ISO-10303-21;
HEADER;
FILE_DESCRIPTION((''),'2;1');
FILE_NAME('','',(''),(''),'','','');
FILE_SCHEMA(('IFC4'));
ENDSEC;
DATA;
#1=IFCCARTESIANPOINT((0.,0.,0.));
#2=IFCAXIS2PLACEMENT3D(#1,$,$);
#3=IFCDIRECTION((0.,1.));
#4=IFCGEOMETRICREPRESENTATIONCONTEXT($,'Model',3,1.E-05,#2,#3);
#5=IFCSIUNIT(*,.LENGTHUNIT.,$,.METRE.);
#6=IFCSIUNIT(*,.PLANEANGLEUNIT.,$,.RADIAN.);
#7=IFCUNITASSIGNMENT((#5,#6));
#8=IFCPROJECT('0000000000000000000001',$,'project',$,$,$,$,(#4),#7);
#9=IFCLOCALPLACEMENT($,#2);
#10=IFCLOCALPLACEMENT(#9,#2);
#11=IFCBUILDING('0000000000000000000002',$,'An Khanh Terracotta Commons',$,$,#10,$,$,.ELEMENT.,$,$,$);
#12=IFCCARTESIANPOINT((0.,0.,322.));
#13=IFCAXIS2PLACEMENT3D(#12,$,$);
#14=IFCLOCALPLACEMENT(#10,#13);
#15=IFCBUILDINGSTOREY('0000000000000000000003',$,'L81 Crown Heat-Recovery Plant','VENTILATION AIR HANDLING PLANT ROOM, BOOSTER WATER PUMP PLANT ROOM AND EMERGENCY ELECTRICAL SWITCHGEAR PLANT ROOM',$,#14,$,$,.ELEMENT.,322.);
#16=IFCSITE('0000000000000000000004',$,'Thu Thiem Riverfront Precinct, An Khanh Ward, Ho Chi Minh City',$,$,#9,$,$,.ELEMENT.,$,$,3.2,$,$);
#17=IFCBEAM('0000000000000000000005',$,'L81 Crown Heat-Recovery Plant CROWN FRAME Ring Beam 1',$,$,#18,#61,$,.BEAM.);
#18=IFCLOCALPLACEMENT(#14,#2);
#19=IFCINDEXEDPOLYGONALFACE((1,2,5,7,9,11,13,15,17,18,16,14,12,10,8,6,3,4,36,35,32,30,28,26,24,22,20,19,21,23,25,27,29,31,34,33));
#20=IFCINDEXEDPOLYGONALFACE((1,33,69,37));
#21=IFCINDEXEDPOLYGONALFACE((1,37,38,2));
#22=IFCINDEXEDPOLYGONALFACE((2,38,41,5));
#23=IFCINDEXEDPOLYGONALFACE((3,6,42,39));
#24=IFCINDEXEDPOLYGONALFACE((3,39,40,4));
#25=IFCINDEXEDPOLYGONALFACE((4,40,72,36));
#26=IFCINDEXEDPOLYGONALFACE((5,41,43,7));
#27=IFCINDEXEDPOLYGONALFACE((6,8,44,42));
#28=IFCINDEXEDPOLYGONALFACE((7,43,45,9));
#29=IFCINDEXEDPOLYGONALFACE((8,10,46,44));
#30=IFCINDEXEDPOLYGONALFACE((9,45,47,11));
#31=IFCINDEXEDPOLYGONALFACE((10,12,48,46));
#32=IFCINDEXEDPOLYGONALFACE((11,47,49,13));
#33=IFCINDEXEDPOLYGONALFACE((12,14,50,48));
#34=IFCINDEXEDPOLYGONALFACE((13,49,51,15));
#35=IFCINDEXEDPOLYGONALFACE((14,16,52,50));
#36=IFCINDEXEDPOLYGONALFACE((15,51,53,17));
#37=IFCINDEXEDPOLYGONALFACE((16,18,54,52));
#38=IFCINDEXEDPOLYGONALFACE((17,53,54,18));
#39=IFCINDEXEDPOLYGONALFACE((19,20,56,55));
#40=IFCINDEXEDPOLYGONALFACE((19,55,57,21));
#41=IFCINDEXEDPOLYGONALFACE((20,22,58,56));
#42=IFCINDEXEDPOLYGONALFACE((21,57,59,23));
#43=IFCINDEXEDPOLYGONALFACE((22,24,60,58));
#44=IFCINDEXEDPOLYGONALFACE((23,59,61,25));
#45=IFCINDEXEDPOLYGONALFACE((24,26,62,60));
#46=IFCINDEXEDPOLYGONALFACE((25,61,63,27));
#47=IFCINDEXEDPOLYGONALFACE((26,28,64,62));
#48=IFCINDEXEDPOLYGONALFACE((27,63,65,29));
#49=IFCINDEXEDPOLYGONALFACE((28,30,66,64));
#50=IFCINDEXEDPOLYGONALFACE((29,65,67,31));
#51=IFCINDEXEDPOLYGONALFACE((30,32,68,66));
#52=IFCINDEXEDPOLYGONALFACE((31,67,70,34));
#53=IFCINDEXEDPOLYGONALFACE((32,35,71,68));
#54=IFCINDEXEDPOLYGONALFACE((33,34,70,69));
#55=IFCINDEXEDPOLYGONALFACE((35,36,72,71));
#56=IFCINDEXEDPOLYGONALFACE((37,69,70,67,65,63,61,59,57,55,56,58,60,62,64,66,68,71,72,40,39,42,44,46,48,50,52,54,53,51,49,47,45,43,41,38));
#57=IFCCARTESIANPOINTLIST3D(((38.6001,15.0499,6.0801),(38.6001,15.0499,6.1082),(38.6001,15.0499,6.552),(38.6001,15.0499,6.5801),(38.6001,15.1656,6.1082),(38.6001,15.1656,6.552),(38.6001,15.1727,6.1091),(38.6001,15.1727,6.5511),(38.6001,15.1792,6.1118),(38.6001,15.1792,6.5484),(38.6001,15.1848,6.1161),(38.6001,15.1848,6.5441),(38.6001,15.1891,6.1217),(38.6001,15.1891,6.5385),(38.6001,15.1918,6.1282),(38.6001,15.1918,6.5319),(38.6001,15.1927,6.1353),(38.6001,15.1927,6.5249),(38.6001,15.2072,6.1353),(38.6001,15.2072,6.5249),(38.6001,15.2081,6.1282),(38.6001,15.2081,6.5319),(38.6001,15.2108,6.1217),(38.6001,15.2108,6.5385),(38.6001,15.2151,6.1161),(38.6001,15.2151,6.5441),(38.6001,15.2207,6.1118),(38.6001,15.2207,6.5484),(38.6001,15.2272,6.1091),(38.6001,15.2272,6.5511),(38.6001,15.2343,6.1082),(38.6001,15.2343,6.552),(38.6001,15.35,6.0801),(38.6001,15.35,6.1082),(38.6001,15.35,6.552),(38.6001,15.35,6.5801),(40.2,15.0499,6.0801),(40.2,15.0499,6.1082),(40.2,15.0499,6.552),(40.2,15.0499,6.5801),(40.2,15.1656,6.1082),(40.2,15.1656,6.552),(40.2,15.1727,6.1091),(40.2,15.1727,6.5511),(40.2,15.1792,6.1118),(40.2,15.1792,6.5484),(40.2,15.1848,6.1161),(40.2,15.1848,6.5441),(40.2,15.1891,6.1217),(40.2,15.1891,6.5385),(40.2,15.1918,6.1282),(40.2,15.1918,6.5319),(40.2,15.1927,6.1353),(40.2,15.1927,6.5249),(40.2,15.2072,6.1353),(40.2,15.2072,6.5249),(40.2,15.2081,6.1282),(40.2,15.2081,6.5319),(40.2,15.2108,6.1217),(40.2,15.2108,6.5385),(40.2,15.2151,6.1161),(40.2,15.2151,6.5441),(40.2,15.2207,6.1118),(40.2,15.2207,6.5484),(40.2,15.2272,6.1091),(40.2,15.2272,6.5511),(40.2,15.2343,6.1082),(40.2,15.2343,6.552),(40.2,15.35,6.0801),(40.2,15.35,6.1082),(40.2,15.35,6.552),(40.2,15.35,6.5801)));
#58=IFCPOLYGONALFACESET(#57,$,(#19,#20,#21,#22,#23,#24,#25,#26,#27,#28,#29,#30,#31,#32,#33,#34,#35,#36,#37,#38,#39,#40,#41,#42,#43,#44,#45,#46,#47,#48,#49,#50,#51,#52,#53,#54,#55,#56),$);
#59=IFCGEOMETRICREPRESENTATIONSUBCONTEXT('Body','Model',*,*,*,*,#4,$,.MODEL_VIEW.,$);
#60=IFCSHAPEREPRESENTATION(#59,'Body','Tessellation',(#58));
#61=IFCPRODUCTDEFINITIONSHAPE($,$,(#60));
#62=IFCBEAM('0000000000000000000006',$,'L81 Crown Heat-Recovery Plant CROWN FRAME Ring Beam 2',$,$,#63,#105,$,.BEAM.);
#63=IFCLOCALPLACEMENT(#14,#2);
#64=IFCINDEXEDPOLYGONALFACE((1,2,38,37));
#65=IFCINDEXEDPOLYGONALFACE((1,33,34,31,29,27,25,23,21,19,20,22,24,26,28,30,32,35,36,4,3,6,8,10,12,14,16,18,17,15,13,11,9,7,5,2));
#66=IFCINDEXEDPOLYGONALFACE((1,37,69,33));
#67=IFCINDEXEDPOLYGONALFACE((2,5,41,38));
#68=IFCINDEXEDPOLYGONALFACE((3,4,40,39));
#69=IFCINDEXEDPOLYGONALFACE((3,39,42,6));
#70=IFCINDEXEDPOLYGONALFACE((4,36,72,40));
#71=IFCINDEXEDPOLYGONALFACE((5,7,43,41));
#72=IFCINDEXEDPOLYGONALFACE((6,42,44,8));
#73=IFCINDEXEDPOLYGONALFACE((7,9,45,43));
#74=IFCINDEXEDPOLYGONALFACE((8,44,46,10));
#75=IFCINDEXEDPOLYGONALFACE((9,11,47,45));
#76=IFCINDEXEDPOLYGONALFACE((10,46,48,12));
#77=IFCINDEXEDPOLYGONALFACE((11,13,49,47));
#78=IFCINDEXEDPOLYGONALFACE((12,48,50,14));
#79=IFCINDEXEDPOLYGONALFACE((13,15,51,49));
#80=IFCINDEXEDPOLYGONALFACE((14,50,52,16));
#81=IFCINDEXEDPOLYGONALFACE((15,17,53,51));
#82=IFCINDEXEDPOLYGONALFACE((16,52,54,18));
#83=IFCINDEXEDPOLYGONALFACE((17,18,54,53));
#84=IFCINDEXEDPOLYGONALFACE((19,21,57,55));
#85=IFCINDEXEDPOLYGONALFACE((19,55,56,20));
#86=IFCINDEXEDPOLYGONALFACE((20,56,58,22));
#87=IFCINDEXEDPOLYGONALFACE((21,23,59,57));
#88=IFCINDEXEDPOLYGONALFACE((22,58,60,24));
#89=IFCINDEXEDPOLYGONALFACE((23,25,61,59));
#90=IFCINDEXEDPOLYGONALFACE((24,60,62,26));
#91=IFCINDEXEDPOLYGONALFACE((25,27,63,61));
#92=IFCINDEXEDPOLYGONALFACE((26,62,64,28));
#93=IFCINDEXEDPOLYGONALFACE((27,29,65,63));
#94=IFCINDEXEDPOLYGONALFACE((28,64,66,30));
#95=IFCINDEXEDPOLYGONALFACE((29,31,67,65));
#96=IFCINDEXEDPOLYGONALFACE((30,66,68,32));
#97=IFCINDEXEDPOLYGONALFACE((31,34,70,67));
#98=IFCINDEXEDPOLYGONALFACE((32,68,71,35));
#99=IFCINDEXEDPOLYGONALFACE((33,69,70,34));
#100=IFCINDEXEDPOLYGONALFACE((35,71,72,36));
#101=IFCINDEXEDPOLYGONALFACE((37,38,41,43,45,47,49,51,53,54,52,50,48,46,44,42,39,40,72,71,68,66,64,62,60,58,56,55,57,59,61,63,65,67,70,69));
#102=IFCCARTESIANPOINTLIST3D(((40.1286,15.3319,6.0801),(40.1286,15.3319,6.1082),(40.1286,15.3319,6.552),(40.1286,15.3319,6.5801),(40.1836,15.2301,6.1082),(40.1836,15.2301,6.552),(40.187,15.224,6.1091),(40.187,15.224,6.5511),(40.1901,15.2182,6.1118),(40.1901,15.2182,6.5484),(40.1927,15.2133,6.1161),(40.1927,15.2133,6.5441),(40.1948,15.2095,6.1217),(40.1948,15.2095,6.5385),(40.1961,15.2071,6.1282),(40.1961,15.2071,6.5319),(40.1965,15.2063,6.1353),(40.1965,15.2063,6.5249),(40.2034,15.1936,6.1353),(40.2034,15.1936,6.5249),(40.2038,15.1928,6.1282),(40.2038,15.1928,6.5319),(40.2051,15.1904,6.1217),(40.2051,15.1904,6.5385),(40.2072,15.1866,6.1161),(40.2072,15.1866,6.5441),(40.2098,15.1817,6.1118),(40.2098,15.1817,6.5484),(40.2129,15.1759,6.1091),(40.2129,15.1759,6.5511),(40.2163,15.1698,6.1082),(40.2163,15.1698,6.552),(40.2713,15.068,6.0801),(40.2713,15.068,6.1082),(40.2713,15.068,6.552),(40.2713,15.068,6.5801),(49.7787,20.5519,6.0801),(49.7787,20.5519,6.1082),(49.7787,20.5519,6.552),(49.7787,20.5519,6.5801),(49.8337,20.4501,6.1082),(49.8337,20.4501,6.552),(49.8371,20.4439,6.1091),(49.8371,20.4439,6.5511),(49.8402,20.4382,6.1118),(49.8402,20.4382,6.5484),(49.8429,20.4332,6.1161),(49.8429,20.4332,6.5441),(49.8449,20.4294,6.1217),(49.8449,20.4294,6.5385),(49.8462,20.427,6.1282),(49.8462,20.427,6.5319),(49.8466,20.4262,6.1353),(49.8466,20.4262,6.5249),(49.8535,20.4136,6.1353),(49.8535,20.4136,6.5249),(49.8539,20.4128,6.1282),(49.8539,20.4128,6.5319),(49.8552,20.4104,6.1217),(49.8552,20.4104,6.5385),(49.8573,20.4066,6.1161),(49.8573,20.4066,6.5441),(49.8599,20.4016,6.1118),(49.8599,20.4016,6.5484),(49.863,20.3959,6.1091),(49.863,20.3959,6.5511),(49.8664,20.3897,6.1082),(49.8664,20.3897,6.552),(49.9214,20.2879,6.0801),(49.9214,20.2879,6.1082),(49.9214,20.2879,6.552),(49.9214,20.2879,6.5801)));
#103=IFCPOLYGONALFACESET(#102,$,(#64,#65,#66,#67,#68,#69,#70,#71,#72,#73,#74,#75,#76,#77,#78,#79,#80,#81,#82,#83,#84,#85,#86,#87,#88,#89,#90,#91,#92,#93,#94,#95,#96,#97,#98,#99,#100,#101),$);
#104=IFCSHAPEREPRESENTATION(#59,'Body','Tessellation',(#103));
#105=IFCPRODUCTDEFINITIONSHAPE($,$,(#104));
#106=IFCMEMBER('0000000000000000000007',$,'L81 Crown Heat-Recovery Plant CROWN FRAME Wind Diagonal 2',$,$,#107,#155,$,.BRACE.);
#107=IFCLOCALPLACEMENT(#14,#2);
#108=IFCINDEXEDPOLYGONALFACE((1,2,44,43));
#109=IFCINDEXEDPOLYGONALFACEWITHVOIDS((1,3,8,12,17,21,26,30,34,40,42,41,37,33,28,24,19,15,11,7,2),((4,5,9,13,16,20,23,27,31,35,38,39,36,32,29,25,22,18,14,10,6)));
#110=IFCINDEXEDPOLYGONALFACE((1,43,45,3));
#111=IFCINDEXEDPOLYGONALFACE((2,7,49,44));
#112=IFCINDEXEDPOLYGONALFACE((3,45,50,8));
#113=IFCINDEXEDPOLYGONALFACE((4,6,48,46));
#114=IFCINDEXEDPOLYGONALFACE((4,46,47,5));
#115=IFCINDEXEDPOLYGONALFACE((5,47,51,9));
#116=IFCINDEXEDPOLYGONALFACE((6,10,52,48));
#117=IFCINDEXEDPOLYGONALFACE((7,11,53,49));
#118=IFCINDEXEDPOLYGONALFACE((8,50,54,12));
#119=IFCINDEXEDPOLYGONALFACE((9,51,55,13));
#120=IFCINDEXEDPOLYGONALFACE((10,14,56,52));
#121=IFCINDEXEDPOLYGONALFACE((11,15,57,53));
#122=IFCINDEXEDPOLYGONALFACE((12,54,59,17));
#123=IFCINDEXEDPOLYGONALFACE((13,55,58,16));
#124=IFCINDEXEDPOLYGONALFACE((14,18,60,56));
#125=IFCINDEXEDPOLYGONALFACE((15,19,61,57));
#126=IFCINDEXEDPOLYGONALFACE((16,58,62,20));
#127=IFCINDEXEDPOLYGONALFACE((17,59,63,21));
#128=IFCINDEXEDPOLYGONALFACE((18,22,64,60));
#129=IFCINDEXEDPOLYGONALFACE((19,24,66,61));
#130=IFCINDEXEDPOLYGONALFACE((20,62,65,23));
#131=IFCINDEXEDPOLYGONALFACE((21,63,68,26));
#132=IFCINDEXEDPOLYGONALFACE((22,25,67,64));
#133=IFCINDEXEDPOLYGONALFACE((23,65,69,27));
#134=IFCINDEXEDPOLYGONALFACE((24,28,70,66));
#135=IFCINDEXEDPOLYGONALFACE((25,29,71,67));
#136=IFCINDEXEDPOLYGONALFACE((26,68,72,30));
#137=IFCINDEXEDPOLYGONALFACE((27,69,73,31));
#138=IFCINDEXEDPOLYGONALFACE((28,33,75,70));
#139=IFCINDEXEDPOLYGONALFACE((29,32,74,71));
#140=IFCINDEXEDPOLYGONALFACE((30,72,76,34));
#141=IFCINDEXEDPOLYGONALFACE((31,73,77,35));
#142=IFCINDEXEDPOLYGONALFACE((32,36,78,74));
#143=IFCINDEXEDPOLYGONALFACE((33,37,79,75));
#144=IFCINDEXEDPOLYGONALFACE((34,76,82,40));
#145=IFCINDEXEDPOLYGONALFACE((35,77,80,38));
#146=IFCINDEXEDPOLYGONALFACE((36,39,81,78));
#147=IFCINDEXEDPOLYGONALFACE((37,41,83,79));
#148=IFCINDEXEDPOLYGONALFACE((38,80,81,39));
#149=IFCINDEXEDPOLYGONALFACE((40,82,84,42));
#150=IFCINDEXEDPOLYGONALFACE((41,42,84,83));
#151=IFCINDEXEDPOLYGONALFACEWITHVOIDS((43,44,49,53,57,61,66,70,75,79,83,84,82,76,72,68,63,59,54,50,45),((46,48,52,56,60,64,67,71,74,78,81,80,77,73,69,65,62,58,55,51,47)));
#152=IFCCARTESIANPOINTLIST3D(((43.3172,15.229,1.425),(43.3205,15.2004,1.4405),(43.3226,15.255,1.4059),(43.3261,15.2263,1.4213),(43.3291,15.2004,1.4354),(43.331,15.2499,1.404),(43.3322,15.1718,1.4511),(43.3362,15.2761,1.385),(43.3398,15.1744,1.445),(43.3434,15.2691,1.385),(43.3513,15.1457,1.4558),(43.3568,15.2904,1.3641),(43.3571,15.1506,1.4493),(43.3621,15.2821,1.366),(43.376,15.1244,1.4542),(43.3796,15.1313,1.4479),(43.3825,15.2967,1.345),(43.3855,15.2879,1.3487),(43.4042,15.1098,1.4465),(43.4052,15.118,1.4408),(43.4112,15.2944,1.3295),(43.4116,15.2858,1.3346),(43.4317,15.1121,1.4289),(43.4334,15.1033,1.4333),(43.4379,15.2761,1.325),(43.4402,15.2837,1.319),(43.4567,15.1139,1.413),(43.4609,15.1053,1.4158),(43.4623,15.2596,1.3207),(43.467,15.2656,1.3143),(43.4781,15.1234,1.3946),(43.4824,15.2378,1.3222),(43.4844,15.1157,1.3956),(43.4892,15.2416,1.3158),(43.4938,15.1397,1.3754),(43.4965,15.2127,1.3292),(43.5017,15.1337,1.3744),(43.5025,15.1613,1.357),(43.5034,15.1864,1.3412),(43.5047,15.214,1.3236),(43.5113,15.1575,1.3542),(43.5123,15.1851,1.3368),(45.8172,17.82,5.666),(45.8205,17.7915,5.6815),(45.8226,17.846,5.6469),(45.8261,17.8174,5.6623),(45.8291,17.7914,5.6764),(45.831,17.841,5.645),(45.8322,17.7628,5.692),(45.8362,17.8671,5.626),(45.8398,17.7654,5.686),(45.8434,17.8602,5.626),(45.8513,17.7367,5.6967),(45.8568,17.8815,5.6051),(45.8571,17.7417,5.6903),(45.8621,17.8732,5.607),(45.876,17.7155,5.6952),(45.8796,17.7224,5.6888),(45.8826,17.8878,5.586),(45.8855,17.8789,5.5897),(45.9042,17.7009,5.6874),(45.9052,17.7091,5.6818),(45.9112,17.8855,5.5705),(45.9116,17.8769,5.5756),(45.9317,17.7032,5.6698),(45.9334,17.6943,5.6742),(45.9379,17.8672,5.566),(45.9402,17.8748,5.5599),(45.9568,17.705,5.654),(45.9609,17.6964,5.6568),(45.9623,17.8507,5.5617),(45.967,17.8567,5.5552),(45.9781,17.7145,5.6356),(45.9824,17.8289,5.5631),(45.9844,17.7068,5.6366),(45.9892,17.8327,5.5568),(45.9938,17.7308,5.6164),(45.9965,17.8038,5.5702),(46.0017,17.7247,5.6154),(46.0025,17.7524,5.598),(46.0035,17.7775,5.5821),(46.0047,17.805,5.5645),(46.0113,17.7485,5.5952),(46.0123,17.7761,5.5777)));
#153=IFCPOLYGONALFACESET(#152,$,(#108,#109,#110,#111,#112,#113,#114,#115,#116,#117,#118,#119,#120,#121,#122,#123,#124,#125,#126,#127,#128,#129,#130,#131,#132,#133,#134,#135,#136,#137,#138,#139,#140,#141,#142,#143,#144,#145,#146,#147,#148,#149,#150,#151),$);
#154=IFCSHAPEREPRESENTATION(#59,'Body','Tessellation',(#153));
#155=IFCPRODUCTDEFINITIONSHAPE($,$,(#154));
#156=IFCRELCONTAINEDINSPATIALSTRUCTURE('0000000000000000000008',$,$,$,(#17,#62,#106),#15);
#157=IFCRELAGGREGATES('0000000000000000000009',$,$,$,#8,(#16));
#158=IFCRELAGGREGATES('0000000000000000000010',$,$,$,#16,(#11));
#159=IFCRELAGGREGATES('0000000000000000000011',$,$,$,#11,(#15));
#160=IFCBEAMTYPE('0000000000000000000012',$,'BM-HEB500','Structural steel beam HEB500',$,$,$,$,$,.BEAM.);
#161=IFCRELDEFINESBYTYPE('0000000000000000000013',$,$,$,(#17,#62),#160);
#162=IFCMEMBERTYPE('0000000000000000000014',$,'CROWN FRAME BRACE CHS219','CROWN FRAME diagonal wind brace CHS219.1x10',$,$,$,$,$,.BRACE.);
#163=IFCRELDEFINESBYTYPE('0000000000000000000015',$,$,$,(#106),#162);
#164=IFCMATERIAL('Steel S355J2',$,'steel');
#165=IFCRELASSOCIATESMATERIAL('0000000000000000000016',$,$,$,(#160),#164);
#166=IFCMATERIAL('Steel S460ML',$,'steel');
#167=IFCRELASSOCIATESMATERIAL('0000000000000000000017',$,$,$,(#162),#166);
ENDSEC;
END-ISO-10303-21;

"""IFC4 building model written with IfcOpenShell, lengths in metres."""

from ifc_helpers import new_model, si_unit, direction, frame, origin, origin_2d, place, context, subcontext, project, spatial, hollow_circle, i_section, extrude, material, material_profile, profile_set, type_object, element, save


model = new_model("IFC4")

# Units and contexts
model_context = context("Model", 3, precision=1e-05, world=origin(), true_north=direction((0.0, 1.0)))
body_context = subcontext(model_context, "Body", "Model", "MODEL_VIEW")
ifc_project = project(units=[si_unit("LENGTHUNIT", "METRE"), si_unit("PLANEANGLEUNIT", "RADIAN")], contexts=[model_context])

# Site, building, storey
site_placement = place(None, origin())
site = spatial("IfcSite", under=ifc_project, at=site_placement, Name="Thu Thiem Riverfront Precinct, An Khanh Ward, Ho Chi Minh City", CompositionType="ELEMENT", RefElevation=3.2)
building_placement = place(site_placement, origin())
building = spatial("IfcBuilding", under=site, at=building_placement, Name="An Khanh Terracotta Commons", CompositionType="ELEMENT")
storey_placement = place(building_placement, frame((0.0, 0.0, 322.0)))
storey = spatial("IfcBuildingStorey", under=building, at=storey_placement, Name="L81 Crown Heat-Recovery Plant", Description="VENTILATION AIR HANDLING PLANT ROOM, BOOSTER WATER PUMP PLANT ROOM AND EMERGENCY ELECTRICAL SWITCHGEAR PLANT ROOM", CompositionType="ELEMENT", Elevation=322.0)

# Beams
ifc_material_1 = material(Name="Steel S355J2", Category="steel")
ifc_material_profile_1 = material_profile(ifc_material_1, i_section(OverallWidth=0.3, OverallDepth=0.5, WebThickness=0.0144, FlangeThickness=0.0281, FilletRadius=0.0271, at=origin_2d()), Name="HEB500")
ifc_profile_set_1 = profile_set([ifc_material_profile_1], Name="Steel S355J2")
beam_type = type_object("IfcBeamType", Name="BM-HEB500", Description="Structural steel beam HEB500", PredefinedType="BEAM", material=ifc_profile_set_1)
beam_1_placement = place(storey_placement, frame((38.6001, 15.2, 6.3301), z_axis=(1.0, 0.0, 0.0), x_axis=(0.0, 1.0, 0.0)))
element("IfcBeam", 1, at=beam_1_placement, inside=storey, type_object=beam_type, Name="L81 Crown Heat-Recovery Plant CROWN FRAME Ring Beam 1", PredefinedType="BEAM", context=body_context, shape_type="SweptSolid", body=[
    extrude(i_section(OverallWidth=0.3, OverallDepth=0.5, WebThickness=0.0144, FlangeThickness=0.0281, FilletRadius=0.0271, at=origin_2d()), origin(), (0.0, 0.0, 1.0), 1.5999),
])
beam_2_placement = place(storey_placement, frame((40.2, 15.2, 6.3301), z_axis=(0.879566, 0.475776, 0.0), x_axis=(-0.475776, 0.879566, 0.0)))
element("IfcBeam", 2, at=beam_2_placement, inside=storey, type_object=beam_type, Name="L81 Crown Heat-Recovery Plant CROWN FRAME Ring Beam 2", PredefinedType="BEAM", context=body_context, shape_type="SweptSolid", body=[
    extrude(i_section(OverallWidth=0.3, OverallDepth=0.5, WebThickness=0.0144, FlangeThickness=0.0281, FilletRadius=0.0271, at=origin_2d()), origin(), (0.0, 0.0, 1.0), 10.9714),
])

# Member
ifc_material_2 = material(Name="Steel S460ML", Category="steel")
ifc_material_profile_2 = material_profile(ifc_material_2, hollow_circle(Radius=0.1096, WallThickness=0.01, at=origin_2d()), Name="CHS219.1x10")
ifc_profile_set_2 = profile_set([ifc_material_profile_2], Name="Steel S460ML")
member_type_1 = type_object("IfcMemberType", Name="CROWN FRAME BRACE CHS219", Description="CROWN FRAME diagonal wind brace CHS219.1x10", PredefinedType="BRACE", material=ifc_profile_set_2)
member_1_placement = place(storey_placement, frame((43.415, 15.2, 1.385), z_axis=(0.44938, 0.465749, 0.762322), x_axis=(-0.71964, 0.694348, 0.0)))
element("IfcMember", 3, at=member_1_placement, inside=storey, type_object=member_type_1, Name="L81 Crown Heat-Recovery Plant CROWN FRAME Wind Diagonal 2", PredefinedType="BRACE", context=body_context, shape_type="SweptSolid", body=[
    extrude(hollow_circle(Radius=0.1096, WallThickness=0.01, at=origin_2d()), origin(), (0.0, 0.0, 1.0), 5.5632),
])

save(model, "model.ifc")
